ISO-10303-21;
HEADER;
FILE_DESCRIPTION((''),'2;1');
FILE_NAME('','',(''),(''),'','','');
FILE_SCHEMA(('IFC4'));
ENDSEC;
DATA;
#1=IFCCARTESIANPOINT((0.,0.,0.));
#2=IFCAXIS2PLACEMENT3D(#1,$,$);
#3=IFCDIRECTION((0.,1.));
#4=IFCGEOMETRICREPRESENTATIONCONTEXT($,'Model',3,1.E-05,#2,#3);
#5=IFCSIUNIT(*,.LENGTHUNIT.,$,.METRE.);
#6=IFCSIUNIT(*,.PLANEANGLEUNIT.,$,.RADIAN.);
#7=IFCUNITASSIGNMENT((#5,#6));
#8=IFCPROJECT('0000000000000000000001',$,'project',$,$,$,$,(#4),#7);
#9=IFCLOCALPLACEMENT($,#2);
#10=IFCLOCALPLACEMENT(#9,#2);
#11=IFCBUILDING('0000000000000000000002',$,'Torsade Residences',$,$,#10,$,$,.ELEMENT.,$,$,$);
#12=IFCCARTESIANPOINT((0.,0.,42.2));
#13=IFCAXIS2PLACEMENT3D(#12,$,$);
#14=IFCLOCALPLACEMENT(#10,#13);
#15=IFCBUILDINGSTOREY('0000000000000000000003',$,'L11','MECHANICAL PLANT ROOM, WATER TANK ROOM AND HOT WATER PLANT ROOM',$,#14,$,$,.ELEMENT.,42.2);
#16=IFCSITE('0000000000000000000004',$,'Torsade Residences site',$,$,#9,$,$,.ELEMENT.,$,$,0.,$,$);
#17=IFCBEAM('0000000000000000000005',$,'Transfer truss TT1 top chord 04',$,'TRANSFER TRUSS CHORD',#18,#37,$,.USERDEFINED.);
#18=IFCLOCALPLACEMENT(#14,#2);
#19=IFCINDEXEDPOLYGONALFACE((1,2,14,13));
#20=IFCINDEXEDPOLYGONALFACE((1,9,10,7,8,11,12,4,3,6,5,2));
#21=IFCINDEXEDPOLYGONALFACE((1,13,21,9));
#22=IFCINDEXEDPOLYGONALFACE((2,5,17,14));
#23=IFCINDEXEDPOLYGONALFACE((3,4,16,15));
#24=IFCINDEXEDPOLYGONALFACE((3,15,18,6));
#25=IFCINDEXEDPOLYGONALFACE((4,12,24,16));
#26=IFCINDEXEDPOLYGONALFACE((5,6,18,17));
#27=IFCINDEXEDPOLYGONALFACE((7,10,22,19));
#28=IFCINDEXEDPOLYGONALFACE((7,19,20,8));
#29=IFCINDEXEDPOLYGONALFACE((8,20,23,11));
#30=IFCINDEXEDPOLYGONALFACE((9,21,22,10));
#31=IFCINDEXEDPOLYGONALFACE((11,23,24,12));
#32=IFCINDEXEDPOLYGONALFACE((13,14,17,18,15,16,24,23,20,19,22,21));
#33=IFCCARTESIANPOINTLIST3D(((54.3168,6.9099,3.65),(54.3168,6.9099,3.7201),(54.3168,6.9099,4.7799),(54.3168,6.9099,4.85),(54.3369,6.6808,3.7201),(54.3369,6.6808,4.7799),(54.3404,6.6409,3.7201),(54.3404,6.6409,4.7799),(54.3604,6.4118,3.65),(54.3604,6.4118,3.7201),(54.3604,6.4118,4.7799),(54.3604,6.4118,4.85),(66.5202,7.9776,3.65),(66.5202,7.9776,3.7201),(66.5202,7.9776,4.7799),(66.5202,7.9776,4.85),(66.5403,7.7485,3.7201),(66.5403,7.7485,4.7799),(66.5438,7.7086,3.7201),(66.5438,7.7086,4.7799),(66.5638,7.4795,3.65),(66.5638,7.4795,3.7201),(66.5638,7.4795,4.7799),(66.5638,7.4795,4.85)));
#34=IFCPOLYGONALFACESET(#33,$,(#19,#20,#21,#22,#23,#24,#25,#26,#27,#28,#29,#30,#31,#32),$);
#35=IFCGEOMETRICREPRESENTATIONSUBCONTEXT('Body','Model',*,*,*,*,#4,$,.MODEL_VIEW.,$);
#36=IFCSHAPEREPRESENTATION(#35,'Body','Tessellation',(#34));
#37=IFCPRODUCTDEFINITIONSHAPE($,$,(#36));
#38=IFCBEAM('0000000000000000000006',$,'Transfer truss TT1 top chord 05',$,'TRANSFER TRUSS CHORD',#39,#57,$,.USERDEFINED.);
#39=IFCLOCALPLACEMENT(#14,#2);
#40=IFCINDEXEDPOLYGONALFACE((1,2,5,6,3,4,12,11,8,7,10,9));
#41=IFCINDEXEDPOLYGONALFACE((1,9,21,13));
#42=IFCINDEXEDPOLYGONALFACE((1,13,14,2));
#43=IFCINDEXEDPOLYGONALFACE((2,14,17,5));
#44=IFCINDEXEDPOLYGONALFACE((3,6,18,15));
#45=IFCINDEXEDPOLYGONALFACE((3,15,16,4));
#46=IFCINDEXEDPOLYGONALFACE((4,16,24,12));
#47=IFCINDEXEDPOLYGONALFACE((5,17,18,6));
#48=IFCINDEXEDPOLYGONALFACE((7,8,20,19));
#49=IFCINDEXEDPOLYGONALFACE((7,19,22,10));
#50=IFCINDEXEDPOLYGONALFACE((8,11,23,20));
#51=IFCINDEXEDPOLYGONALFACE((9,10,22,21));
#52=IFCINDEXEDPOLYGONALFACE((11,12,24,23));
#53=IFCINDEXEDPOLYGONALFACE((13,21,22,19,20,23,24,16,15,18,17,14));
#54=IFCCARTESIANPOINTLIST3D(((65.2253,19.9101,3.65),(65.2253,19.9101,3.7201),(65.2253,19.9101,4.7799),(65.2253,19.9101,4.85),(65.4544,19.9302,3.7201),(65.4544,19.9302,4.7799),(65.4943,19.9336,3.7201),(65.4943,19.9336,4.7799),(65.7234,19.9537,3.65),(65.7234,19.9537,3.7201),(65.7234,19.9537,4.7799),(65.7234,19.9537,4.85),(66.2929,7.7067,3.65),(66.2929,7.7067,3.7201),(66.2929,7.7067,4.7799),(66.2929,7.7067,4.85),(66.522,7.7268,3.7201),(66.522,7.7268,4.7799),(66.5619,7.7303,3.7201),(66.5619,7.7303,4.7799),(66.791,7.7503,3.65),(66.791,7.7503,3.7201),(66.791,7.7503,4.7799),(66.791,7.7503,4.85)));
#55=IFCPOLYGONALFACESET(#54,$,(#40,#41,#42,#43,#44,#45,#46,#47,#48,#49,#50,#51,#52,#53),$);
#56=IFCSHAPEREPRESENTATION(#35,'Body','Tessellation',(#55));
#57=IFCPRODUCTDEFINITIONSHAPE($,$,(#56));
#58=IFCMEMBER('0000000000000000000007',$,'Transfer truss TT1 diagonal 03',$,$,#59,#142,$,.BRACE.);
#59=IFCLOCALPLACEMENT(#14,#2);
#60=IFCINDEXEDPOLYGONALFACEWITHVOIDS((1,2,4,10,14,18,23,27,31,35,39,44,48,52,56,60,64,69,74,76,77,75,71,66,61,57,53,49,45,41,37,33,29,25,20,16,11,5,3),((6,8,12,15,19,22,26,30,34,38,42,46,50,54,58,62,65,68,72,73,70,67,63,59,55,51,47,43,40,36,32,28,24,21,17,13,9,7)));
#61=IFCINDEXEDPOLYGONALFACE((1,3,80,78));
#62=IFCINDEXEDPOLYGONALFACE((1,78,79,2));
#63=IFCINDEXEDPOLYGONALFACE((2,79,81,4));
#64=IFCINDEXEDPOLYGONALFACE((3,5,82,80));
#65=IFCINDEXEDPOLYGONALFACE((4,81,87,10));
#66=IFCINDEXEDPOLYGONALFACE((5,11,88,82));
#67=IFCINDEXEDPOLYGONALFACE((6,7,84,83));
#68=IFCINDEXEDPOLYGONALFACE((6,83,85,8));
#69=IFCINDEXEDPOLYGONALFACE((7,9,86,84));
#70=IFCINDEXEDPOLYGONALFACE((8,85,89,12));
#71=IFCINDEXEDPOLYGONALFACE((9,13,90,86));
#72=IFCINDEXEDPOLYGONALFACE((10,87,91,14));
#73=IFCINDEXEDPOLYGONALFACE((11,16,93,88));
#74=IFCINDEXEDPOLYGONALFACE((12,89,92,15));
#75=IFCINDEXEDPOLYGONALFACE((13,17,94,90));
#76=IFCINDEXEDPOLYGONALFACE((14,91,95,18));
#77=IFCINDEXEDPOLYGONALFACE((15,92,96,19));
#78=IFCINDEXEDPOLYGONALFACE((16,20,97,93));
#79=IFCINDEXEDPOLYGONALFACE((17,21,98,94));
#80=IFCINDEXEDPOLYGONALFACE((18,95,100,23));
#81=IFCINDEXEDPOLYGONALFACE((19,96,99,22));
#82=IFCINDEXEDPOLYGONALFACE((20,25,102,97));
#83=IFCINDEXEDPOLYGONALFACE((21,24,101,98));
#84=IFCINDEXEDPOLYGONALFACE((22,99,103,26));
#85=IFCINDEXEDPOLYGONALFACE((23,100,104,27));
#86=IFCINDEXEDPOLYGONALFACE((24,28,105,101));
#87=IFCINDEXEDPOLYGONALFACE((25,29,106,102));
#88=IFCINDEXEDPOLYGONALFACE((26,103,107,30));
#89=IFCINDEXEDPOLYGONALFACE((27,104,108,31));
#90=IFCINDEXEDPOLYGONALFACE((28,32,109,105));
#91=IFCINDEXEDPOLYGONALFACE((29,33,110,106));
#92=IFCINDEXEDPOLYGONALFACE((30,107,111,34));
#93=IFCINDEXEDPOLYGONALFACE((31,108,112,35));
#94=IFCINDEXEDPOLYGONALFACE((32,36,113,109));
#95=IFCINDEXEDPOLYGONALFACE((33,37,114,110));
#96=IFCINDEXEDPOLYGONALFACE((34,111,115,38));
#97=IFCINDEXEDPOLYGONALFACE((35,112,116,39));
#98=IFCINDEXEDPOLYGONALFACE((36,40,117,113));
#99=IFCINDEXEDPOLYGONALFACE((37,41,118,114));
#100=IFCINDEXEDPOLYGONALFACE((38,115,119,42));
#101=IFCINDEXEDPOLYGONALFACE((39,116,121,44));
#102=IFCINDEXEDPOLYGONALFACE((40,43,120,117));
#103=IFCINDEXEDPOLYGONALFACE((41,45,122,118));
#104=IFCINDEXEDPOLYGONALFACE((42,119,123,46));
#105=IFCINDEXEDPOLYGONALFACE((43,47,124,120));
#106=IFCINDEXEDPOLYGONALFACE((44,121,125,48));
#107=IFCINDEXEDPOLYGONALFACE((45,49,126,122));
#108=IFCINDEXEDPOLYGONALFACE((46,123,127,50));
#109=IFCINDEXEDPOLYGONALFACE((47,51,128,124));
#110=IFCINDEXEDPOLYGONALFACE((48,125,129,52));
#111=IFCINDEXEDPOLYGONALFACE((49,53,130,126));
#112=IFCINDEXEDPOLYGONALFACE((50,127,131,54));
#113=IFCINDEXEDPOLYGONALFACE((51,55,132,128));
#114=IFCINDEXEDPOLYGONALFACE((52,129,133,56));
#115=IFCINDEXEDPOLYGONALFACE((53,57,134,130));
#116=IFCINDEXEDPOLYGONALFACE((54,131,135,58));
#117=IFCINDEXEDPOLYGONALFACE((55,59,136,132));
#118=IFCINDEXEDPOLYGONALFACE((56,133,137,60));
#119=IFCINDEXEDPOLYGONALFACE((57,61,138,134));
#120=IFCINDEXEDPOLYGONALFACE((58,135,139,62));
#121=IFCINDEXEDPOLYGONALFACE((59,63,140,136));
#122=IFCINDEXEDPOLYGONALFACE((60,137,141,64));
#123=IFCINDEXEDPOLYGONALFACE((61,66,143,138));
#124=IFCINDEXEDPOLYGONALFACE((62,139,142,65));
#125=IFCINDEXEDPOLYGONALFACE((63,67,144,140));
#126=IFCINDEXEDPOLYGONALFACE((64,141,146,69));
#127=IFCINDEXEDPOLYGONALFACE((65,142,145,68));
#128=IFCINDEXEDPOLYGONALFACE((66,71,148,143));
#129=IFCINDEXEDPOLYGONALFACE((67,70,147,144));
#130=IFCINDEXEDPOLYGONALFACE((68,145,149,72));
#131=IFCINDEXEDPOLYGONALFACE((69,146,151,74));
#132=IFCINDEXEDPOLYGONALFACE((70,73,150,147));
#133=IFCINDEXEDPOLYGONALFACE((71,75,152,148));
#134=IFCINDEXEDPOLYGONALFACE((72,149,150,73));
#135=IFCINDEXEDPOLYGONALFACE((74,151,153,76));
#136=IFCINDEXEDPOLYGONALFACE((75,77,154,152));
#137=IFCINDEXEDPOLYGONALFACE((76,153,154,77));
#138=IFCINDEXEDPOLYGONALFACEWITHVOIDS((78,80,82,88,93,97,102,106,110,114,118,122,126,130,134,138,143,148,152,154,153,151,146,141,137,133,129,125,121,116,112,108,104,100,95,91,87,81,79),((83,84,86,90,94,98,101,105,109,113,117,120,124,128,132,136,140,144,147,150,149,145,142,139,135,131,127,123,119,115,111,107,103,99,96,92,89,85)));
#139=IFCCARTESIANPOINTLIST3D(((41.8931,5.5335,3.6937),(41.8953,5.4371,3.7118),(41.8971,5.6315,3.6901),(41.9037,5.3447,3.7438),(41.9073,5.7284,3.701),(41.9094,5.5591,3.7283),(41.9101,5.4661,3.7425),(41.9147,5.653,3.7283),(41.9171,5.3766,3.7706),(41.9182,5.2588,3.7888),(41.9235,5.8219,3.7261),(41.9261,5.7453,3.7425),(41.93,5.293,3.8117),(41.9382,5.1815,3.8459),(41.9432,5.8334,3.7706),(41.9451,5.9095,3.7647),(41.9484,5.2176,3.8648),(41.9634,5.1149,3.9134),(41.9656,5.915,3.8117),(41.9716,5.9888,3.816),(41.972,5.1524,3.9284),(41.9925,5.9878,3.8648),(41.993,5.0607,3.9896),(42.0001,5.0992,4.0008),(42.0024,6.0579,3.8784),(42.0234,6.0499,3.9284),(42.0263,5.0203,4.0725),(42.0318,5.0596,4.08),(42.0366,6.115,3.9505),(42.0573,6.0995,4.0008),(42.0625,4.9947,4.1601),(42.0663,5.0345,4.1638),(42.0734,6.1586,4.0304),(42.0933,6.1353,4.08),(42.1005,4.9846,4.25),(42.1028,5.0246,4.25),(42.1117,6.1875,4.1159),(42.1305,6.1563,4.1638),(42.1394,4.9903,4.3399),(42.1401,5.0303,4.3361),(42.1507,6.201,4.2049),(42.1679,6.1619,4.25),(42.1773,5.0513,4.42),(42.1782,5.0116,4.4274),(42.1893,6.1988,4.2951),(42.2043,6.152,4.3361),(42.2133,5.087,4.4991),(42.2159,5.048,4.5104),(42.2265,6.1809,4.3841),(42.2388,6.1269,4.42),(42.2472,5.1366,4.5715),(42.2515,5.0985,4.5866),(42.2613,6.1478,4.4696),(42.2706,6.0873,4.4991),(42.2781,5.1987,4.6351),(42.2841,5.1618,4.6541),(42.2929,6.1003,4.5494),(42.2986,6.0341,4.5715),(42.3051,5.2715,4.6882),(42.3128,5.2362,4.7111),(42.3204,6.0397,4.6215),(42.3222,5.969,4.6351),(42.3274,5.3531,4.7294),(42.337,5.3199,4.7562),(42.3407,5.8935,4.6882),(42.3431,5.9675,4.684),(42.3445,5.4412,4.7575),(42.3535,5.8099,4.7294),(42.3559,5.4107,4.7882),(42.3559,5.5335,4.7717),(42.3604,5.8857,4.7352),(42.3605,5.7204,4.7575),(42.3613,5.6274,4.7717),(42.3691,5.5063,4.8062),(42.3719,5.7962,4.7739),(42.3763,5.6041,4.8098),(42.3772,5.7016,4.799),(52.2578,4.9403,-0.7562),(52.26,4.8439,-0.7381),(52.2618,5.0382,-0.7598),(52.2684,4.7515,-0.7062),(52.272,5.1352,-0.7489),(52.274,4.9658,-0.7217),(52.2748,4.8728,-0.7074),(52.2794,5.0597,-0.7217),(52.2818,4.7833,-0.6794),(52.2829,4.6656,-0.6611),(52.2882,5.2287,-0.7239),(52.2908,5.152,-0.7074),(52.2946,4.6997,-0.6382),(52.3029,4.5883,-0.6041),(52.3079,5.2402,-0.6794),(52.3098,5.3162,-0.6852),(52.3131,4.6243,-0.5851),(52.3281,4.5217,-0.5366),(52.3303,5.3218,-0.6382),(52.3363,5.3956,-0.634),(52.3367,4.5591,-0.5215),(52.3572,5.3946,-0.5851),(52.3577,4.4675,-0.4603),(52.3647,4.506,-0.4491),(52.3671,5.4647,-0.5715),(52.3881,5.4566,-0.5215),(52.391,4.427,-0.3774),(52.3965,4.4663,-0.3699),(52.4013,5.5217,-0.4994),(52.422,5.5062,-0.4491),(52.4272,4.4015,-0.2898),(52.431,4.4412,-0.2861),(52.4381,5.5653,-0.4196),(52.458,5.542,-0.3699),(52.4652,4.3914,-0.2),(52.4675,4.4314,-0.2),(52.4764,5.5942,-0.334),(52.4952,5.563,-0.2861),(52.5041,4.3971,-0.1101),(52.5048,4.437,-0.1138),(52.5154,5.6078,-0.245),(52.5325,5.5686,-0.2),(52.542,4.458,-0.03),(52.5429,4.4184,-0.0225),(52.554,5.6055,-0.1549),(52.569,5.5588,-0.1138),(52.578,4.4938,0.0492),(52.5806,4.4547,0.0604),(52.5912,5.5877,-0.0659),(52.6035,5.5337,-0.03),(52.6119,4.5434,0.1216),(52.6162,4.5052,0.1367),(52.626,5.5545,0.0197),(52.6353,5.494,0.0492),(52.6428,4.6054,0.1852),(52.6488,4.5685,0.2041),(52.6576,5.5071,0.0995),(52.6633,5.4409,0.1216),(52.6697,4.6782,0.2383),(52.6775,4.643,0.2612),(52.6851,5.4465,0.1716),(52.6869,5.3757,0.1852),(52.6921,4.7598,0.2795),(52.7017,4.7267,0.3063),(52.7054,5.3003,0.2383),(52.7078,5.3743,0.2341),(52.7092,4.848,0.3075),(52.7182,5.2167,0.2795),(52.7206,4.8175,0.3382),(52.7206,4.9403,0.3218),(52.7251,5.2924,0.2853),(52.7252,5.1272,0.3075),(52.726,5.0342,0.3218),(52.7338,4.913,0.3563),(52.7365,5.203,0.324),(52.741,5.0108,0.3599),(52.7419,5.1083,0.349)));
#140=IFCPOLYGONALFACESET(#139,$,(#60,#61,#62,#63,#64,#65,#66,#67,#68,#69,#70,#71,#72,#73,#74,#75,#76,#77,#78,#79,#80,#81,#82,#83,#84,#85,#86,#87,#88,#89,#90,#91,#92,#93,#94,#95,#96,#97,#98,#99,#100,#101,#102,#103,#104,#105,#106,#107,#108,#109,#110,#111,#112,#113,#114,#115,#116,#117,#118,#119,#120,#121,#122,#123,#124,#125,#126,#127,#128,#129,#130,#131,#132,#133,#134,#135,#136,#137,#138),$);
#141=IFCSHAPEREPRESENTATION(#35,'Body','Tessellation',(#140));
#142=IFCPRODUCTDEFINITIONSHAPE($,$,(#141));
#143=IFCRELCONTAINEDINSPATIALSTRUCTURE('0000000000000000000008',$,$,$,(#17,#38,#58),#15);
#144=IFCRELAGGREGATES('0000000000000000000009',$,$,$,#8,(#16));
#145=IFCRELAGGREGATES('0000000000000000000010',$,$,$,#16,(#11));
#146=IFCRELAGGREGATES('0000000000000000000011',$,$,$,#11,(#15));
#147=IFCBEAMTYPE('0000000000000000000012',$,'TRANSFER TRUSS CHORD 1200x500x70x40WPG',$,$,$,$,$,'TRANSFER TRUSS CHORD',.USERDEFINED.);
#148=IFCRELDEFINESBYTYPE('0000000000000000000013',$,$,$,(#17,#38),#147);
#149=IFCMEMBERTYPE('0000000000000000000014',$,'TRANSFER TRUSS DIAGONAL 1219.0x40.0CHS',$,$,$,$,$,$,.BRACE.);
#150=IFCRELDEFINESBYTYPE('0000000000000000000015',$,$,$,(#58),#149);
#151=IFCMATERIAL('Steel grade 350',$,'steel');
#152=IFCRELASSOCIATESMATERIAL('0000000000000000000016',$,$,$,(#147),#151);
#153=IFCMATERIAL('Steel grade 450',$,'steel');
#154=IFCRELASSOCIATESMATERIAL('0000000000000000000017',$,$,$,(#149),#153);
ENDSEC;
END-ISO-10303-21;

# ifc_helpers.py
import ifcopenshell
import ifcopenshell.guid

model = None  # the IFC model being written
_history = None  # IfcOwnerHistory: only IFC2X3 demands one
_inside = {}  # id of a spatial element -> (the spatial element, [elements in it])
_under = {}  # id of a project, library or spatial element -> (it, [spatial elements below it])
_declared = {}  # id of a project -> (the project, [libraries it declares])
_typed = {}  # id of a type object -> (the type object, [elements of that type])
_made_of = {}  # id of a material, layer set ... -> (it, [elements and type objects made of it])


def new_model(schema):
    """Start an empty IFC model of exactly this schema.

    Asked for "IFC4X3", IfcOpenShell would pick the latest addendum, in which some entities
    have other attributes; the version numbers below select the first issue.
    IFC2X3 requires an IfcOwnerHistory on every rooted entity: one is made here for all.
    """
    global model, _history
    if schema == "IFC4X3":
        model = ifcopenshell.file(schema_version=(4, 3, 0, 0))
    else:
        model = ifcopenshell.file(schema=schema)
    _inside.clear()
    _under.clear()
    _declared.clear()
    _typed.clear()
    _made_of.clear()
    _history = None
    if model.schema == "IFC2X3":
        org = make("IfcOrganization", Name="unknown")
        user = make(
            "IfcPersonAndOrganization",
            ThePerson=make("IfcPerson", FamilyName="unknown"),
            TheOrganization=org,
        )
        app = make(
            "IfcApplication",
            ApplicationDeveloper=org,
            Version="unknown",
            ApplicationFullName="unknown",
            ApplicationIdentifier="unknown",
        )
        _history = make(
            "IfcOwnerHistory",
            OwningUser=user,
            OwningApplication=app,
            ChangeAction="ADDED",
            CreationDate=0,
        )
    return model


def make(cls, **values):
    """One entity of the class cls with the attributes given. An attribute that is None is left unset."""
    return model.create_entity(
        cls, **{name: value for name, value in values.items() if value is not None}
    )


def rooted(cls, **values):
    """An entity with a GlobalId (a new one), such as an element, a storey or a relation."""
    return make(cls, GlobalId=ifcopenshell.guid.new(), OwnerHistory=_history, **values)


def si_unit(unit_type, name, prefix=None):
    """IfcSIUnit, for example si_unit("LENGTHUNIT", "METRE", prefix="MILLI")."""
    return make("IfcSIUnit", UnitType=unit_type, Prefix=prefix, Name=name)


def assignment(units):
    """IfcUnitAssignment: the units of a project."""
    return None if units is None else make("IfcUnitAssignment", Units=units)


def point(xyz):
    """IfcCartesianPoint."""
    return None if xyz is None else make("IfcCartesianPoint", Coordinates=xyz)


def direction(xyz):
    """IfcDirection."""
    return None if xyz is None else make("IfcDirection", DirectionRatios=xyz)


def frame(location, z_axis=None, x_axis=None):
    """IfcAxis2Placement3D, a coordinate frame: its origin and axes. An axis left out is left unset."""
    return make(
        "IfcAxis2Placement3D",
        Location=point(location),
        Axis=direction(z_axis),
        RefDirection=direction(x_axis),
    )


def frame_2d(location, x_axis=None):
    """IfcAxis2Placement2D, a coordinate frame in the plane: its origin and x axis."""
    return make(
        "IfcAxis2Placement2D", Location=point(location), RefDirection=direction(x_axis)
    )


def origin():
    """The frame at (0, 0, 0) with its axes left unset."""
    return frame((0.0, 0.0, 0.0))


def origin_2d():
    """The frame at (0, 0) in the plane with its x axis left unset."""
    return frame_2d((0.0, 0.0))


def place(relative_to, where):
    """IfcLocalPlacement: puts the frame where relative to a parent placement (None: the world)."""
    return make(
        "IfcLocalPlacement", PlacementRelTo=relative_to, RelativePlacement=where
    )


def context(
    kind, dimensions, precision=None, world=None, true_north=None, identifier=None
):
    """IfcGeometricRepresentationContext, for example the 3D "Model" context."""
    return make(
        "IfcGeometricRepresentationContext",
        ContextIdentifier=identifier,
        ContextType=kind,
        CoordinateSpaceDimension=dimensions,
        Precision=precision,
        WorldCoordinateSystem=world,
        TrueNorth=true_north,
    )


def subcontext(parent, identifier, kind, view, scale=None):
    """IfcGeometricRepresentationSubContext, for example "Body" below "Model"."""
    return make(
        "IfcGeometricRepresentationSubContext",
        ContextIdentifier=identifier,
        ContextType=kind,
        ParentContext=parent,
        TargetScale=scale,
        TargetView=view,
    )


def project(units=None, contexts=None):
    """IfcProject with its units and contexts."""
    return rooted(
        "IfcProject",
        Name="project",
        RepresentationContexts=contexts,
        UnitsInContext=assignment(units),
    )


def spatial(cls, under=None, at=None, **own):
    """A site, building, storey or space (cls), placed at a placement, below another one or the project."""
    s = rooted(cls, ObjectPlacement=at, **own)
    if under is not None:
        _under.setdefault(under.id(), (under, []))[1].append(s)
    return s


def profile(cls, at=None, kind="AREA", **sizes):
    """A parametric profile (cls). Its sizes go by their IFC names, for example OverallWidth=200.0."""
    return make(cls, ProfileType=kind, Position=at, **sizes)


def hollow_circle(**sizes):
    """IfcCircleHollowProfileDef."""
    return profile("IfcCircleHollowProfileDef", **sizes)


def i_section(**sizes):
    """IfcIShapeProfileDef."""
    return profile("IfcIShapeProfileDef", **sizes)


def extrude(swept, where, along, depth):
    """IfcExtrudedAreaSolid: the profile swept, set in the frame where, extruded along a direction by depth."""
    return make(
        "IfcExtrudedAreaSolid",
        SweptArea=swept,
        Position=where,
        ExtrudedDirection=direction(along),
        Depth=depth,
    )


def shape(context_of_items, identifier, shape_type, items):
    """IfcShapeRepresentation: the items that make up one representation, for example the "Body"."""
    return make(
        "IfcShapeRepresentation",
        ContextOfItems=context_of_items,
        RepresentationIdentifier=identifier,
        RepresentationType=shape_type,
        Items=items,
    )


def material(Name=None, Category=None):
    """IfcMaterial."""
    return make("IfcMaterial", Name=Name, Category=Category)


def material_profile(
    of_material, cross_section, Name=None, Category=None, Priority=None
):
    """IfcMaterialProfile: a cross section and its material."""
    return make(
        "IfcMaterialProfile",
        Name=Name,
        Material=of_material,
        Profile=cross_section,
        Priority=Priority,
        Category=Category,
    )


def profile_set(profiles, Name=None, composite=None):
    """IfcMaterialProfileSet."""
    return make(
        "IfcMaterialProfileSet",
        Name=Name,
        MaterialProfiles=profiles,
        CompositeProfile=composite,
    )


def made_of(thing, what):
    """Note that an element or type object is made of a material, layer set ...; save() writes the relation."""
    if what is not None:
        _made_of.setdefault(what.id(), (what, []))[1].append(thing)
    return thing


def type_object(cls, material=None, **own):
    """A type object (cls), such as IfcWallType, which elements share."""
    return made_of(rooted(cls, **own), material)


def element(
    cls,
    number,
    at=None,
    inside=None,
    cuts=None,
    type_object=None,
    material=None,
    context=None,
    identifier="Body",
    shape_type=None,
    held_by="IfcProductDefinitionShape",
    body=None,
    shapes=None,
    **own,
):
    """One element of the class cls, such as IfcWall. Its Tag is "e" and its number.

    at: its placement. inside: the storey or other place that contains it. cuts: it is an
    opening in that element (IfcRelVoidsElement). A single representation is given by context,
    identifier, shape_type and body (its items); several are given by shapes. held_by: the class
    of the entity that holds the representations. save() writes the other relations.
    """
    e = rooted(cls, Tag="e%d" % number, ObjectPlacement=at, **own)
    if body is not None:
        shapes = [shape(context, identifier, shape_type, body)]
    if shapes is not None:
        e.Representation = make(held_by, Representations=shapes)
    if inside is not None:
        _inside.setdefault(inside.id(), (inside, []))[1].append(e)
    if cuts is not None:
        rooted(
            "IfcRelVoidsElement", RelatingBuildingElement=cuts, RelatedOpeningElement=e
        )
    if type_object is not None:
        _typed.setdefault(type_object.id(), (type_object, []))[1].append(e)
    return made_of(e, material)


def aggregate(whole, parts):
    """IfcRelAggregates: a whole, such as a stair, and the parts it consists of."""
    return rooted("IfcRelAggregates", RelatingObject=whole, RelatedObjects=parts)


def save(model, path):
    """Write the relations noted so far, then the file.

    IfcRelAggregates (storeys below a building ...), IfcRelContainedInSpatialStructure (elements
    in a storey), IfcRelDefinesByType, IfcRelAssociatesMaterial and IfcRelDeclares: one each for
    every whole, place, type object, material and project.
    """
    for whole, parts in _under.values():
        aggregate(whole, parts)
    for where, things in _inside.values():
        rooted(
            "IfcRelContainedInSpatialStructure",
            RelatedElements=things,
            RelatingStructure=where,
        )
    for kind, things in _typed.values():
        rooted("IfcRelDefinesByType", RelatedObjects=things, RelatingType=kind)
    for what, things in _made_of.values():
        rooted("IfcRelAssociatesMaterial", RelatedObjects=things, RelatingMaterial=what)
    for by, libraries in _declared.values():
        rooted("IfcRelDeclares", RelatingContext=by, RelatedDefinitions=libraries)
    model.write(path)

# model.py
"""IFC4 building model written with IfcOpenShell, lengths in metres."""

from ifc_helpers import new_model, si_unit, direction, frame, origin, origin_2d, place, context, subcontext, project, spatial, hollow_circle, i_section, extrude, material, material_profile, profile_set, type_object, element, save


model = new_model("IFC4")

# Units and contexts
model_context = context("Model", 3, precision=1e-05, world=origin(), true_north=direction((0.0, 1.0)))
body_context = subcontext(model_context, "Body", "Model", "MODEL_VIEW")
ifc_project = project(units=[si_unit("LENGTHUNIT", "METRE"), si_unit("PLANEANGLEUNIT", "RADIAN")], contexts=[model_context])

# Site, building, storey
site_placement = place(None, origin())
site = spatial("IfcSite", under=ifc_project, at=site_placement, Name="Torsade Residences site", CompositionType="ELEMENT", RefElevation=0.0)
building_placement = place(site_placement, origin())
building = spatial("IfcBuilding", under=site, at=building_placement, Name="Torsade Residences", CompositionType="ELEMENT")
storey_placement = place(building_placement, frame((0.0, 0.0, 42.2)))
storey = spatial("IfcBuildingStorey", under=building, at=storey_placement, Name="L11", Description="MECHANICAL PLANT ROOM, WATER TANK ROOM AND HOT WATER PLANT ROOM", CompositionType="ELEMENT", Elevation=42.2)

# Beams
ifc_material_1 = material(Name="Steel grade 350", Category="steel")
ifc_material_profile_1 = material_profile(ifc_material_1, i_section(OverallWidth=0.5, OverallDepth=1.2, WebThickness=0.04, FlangeThickness=0.0701, at=origin_2d()), Name="1200x500x70x40WPG")
ifc_profile_set_1 = profile_set([ifc_material_profile_1], Name="Steel grade 350")
beam_type_1 = type_object("IfcBeamType", Name="TRANSFER TRUSS CHORD 1200x500x70x40WPG", ElementType="TRANSFER TRUSS CHORD", PredefinedType="USERDEFINED", material=ifc_profile_set_1)
for number, where, z_axis, x_axis, name in (
    (1, (54.3386, 6.6609, 4.25), (0.996195, 0.087153, 0.0), (-0.087153, 0.996195, 0.0), "Transfer truss TT1 top chord 04"),
    (2, (66.542, 7.7285, 4.25), (-0.087153, 0.996195, 0.0), (-0.996195, -0.087153, 0.0), "Transfer truss TT1 top chord 05"),
):
    element("IfcBeam", number, at=place(storey_placement, frame(where, z_axis=z_axis, x_axis=x_axis)), inside=storey, type_object=beam_type_1, Name=name, ObjectType="TRANSFER TRUSS CHORD", PredefinedType="USERDEFINED", context=body_context, shape_type="SweptSolid", body=[
        extrude(i_section(OverallWidth=0.5, OverallDepth=1.2, WebThickness=0.04, FlangeThickness=0.0701, at=origin_2d()), origin(), (0.0, 0.0, 1.0), 12.25),
    ])

# Member
ifc_material_2 = material(Name="Steel grade 450", Category="steel")
ifc_material_profile_2 = material_profile(ifc_material_2, hollow_circle(Radius=0.6096, WallThickness=0.04, at=origin_2d()), Name="1219.0x40.0CHS")
ifc_profile_set_2 = profile_set([ifc_material_profile_2], Name="Steel grade 450")
member_type_1 = type_object("IfcMemberType", Name="TRANSFER TRUSS DIAGONAL 1219.0x40.0CHS", PredefinedType="BRACE", material=ifc_profile_set_2)
member_1_placement = place(storey_placement, frame((52.5, 5.0, -0.2), z_axis=(-0.917622, 0.052523, 0.393968), x_axis=(-0.057145, -0.998366, 0.0)))
element("IfcMember", 3, at=member_1_placement, inside=storey, type_object=member_type_1, Name="Transfer truss TT1 diagonal 03", PredefinedType="BRACE", context=body_context, shape_type="SweptSolid", body=[
    extrude(hollow_circle(Radius=0.6096, WallThickness=0.04, at=origin_2d()), origin(), (0.0, 0.0, 1.0), 11.2952),
])

save(model, "model.ifc")
